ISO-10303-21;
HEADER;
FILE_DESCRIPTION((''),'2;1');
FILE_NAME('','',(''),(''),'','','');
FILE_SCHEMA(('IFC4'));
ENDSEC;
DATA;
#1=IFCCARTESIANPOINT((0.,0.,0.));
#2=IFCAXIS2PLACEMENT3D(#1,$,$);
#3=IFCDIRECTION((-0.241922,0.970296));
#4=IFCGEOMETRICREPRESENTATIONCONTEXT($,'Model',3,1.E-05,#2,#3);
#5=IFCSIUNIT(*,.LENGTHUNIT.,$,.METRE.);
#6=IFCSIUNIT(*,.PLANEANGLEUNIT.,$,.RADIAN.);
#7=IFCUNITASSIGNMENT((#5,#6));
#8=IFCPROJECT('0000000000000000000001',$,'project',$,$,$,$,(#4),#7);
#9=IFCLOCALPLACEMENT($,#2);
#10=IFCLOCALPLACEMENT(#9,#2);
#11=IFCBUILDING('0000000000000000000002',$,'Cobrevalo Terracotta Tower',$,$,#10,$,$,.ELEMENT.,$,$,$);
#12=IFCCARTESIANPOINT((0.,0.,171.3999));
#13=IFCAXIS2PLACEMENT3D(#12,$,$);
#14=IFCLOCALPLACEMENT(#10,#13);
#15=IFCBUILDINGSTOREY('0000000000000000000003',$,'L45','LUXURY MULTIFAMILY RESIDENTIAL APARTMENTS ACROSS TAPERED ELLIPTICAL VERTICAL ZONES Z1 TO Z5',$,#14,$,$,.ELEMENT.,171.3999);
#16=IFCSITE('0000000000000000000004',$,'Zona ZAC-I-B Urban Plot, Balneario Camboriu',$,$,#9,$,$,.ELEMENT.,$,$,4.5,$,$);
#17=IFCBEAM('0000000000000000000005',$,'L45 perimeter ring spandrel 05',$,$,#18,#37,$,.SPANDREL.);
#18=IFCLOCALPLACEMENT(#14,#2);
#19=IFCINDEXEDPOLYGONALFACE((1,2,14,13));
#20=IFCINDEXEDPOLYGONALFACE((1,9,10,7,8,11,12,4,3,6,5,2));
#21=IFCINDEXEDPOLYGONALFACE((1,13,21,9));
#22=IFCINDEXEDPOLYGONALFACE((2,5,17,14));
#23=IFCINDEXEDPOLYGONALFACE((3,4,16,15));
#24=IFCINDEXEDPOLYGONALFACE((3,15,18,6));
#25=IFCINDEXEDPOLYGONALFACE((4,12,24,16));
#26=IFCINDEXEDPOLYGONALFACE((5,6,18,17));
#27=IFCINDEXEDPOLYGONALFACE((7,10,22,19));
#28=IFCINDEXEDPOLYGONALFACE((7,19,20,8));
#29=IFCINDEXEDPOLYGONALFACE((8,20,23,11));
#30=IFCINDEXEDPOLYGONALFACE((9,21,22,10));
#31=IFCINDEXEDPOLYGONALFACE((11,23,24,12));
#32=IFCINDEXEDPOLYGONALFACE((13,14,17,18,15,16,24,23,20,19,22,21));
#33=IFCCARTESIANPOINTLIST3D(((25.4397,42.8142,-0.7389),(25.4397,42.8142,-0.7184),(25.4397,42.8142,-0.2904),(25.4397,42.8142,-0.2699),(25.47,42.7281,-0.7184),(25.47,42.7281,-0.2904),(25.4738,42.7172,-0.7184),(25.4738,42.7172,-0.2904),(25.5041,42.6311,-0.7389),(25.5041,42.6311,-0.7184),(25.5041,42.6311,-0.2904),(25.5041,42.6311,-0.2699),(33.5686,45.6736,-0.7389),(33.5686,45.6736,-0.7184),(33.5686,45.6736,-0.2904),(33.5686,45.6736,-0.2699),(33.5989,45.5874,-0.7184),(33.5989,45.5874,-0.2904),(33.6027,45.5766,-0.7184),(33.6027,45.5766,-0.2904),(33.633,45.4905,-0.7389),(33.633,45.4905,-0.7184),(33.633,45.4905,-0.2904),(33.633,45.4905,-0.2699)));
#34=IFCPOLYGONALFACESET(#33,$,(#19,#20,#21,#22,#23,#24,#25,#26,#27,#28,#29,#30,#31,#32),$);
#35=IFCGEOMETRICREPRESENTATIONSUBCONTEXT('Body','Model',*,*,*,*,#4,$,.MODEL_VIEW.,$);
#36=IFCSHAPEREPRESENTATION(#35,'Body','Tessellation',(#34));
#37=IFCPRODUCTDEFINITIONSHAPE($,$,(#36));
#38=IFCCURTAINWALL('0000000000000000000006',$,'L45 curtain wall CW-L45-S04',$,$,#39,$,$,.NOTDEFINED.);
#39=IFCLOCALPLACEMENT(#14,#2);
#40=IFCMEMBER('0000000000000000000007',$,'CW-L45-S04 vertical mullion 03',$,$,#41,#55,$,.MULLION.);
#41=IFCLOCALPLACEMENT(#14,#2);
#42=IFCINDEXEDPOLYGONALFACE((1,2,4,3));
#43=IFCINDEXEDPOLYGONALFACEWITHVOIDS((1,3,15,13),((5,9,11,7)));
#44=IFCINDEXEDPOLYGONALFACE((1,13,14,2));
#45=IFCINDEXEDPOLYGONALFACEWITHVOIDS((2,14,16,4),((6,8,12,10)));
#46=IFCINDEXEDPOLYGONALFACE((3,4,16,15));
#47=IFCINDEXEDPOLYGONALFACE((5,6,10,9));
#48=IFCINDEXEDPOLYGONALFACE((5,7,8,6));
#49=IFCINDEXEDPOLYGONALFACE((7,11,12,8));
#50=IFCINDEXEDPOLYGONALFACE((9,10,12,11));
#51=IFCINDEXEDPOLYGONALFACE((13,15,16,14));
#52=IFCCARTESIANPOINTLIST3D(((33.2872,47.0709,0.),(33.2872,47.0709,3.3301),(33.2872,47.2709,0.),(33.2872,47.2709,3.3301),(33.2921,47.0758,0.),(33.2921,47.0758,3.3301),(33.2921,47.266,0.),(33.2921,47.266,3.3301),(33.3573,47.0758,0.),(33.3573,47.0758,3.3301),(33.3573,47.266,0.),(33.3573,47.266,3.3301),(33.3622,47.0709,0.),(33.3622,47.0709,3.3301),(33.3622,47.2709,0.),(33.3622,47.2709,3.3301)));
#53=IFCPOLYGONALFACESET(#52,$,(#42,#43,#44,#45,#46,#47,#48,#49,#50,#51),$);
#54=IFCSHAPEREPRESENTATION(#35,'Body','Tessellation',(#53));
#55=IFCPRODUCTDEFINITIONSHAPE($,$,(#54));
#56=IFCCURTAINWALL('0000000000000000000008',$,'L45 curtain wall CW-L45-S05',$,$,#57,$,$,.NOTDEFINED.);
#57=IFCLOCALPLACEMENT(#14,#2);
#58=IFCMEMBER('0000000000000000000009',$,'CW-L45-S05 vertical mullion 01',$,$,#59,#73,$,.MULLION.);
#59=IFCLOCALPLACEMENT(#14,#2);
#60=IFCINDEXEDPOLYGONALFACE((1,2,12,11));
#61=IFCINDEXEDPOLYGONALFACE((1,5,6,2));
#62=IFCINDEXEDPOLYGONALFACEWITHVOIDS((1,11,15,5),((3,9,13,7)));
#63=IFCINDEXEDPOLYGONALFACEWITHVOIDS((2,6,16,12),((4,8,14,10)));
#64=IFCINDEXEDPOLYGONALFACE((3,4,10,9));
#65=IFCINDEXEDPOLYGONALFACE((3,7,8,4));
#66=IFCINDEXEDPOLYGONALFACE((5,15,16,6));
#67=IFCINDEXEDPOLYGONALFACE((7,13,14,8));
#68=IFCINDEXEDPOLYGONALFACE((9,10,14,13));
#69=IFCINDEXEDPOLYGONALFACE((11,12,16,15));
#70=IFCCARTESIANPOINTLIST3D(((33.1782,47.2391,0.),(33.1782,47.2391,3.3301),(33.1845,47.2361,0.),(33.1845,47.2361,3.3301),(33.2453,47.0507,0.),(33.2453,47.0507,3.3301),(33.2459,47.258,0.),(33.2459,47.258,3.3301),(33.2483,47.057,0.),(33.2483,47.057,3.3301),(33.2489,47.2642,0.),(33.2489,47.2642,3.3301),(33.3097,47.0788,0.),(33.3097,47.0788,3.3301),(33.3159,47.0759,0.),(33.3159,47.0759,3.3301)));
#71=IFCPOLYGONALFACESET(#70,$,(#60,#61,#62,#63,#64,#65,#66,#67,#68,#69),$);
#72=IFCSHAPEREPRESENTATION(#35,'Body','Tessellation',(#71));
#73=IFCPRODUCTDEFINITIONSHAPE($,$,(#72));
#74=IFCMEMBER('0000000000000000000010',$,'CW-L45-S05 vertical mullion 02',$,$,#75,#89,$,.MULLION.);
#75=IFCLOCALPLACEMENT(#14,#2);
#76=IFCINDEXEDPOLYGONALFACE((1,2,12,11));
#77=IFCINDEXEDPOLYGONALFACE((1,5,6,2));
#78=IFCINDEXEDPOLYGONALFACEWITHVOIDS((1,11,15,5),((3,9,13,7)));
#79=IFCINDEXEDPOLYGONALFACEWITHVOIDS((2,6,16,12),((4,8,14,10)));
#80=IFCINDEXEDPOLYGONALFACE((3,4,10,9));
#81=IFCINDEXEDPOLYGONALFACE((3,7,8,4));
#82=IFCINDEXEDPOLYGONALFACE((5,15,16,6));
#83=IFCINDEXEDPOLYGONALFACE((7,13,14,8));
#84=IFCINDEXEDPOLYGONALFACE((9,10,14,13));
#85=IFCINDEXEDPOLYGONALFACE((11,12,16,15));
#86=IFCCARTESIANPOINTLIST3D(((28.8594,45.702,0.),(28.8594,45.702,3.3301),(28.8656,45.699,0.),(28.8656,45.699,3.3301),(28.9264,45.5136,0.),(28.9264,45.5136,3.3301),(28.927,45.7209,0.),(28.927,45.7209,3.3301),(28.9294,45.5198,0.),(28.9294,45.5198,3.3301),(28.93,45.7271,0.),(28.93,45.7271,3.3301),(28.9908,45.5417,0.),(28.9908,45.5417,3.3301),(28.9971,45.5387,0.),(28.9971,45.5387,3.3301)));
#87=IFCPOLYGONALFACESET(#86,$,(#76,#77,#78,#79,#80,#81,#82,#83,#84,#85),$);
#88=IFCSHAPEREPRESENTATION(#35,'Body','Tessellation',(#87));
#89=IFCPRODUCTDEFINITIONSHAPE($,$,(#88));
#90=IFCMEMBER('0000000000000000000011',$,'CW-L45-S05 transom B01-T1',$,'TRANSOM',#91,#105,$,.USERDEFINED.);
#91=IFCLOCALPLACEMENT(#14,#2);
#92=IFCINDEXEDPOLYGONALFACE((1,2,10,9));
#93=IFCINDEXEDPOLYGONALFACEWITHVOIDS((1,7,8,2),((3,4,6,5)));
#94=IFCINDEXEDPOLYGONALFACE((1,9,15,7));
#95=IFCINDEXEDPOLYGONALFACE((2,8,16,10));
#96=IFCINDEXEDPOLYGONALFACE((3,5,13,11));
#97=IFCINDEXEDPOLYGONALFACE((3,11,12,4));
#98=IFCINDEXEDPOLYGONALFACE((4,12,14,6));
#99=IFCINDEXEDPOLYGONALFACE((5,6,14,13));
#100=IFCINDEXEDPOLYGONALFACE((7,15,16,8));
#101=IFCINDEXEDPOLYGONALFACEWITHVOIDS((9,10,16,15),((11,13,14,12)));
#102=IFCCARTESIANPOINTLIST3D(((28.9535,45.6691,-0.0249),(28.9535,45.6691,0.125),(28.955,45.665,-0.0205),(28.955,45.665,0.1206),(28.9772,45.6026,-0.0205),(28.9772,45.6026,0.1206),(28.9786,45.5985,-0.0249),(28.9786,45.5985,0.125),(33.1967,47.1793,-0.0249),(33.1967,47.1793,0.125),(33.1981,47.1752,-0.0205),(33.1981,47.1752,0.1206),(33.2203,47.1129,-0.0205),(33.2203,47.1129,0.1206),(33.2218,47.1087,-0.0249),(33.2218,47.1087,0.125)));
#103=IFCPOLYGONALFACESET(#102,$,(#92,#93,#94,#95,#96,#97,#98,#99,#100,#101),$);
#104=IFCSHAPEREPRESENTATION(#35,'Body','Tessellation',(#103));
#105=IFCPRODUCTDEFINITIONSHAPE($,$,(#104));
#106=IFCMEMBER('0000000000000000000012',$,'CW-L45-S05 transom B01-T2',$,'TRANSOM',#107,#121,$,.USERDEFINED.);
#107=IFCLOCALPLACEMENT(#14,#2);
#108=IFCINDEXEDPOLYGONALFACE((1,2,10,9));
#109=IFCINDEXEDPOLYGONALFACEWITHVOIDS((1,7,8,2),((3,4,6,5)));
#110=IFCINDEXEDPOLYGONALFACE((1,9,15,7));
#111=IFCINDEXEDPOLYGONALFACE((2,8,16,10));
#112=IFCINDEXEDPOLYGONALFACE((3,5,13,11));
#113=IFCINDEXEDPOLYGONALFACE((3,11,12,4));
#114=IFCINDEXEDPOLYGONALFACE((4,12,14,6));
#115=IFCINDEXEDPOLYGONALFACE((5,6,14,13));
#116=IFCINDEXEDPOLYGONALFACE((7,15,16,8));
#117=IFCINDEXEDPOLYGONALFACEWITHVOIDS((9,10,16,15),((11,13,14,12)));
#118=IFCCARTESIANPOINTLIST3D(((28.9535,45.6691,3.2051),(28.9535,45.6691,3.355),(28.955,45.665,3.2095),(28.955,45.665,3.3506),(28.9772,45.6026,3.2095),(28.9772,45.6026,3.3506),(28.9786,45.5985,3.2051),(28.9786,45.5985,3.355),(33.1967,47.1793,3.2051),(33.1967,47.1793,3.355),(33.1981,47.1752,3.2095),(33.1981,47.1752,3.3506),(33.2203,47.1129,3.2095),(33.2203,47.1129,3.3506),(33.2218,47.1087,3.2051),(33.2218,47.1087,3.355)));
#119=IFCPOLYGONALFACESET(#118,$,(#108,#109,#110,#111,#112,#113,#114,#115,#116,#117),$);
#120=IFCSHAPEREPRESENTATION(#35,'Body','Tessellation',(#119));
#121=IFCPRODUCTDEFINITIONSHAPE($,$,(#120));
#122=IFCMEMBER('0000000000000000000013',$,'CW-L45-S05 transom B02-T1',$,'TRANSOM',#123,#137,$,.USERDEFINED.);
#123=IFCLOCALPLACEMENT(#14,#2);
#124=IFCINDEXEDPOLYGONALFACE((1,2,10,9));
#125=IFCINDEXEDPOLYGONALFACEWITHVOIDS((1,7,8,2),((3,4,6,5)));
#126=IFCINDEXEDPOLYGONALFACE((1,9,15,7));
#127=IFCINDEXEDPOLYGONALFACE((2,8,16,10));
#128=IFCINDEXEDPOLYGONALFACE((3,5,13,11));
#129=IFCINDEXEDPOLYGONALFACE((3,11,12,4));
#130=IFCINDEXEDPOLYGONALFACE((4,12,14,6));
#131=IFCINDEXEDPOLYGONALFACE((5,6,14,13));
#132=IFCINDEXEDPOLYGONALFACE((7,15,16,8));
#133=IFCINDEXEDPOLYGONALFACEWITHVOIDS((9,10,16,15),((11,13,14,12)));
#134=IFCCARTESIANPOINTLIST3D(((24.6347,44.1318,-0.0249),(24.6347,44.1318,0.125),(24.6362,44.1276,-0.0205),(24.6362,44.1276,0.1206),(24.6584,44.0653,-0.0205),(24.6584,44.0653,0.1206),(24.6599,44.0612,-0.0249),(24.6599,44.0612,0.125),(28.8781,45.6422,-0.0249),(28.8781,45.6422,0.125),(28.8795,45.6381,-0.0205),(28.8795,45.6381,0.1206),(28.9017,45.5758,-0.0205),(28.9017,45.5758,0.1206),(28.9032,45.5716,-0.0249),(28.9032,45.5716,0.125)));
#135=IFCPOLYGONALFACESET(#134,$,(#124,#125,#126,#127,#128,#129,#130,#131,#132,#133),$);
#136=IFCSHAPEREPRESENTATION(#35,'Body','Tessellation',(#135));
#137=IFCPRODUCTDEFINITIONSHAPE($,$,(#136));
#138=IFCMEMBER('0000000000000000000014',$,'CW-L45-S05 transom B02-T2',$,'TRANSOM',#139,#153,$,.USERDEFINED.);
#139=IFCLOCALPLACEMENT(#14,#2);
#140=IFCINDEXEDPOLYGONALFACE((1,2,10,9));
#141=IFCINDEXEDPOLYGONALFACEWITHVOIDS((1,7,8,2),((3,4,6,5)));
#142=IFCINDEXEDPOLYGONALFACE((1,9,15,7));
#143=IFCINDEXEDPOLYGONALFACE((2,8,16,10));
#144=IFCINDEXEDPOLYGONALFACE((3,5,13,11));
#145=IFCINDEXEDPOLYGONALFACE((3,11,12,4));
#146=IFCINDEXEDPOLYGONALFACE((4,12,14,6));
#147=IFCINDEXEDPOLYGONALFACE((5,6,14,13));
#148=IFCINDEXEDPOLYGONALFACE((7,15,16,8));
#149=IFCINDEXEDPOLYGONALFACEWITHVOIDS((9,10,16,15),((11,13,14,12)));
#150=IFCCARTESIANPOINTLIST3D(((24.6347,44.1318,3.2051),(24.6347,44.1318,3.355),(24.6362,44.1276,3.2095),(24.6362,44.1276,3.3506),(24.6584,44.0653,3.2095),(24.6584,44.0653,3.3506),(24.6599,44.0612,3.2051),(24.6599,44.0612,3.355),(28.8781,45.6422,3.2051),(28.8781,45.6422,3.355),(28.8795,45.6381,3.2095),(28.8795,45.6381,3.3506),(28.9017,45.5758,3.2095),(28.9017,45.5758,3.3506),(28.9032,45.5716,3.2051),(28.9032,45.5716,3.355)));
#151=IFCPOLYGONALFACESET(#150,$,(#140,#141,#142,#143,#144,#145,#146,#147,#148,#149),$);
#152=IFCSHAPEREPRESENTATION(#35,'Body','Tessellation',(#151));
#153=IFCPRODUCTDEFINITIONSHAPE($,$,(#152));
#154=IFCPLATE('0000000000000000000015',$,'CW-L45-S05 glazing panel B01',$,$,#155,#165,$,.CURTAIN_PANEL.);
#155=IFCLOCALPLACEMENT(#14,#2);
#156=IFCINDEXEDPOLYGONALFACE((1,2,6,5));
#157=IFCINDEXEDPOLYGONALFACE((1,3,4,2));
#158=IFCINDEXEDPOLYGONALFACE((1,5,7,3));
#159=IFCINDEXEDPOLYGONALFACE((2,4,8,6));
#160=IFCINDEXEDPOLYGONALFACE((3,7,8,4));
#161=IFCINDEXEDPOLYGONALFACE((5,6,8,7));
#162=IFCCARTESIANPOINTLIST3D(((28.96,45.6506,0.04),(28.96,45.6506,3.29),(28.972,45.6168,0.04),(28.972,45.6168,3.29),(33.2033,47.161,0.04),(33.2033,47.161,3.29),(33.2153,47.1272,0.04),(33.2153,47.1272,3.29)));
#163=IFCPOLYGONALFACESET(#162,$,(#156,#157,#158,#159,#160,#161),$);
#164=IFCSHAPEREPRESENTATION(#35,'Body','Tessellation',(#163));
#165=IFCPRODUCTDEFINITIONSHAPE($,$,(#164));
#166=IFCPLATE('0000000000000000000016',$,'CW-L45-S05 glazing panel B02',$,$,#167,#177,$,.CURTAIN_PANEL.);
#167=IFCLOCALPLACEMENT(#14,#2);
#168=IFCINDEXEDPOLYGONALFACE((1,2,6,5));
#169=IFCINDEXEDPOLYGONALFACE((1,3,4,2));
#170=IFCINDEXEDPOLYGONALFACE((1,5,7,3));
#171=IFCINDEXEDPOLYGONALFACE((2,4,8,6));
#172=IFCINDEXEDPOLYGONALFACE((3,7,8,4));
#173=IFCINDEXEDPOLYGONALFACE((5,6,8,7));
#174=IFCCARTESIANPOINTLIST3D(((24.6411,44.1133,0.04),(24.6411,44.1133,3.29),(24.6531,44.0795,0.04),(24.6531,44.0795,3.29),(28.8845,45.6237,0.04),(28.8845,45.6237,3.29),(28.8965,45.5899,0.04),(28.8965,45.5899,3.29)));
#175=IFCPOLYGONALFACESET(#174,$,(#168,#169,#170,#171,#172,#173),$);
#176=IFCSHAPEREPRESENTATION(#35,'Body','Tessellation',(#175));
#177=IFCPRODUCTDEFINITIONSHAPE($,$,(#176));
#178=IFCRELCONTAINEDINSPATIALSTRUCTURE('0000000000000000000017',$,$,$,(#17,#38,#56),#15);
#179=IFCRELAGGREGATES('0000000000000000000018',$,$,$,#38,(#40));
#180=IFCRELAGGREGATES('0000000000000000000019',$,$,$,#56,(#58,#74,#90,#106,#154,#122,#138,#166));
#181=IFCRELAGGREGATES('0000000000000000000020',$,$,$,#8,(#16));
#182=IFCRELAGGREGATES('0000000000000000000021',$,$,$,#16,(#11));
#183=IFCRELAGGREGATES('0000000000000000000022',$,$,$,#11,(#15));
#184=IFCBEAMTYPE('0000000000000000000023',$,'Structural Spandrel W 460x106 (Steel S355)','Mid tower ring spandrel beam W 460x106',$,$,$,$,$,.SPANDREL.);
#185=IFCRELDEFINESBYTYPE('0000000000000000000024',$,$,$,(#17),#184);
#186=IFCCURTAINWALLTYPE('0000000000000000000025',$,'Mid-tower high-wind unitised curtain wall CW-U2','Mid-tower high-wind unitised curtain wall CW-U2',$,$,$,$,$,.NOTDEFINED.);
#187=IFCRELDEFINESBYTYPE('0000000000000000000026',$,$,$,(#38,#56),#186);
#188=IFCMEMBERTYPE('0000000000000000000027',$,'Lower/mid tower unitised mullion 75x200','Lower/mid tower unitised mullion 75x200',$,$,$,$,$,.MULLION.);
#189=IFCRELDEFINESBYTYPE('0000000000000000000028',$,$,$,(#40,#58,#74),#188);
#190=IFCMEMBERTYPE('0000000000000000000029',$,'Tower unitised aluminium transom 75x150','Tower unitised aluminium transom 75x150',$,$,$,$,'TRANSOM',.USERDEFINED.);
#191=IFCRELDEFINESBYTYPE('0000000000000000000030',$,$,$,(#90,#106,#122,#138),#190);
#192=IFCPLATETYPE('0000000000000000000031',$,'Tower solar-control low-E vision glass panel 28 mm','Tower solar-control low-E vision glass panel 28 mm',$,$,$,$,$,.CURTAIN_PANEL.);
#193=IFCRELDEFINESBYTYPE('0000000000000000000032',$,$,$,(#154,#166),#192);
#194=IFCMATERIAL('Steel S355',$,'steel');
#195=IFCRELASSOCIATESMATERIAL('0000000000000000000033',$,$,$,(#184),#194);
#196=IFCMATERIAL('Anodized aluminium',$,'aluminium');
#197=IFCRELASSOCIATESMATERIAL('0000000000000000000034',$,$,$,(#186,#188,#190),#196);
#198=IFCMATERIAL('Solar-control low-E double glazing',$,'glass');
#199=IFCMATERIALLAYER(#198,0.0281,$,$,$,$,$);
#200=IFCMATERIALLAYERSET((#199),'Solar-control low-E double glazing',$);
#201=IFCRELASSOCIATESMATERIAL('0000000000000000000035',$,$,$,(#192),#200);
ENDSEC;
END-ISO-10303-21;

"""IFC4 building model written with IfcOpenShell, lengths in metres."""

from ifc_helpers import new_model, si_unit, direction, frame, origin, origin_2d, place, context, subcontext, project, spatial, rectangle, hollow_rectangle, i_section, extrude, source, transform, mapped, material, layer, layer_set, material_profile, profile_set, type_object, element, aggregate, save


model = new_model("IFC4")

# Units and contexts
model_context = context("Model", 3, precision=1e-05, world=origin(), true_north=direction((-0.241922, 0.970296)))
body_context = subcontext(model_context, "Body", "Model", "MODEL_VIEW")
ifc_project = project(units=[si_unit("LENGTHUNIT", "METRE"), si_unit("PLANEANGLEUNIT", "RADIAN")], contexts=[model_context])

# Site, building, storey
site_placement = place(None, origin())
site = spatial("IfcSite", under=ifc_project, at=site_placement, Name="Zona ZAC-I-B Urban Plot, Balneario Camboriu", CompositionType="ELEMENT", RefElevation=4.5)
building_placement = place(site_placement, origin())
building = spatial("IfcBuilding", under=site, at=building_placement, Name="Cobrevalo Terracotta Tower", CompositionType="ELEMENT")
storey_placement = place(building_placement, frame((0.0, 0.0, 171.3999)))
storey = spatial("IfcBuildingStorey", under=building, at=storey_placement, Name="L45", Description="LUXURY MULTIFAMILY RESIDENTIAL APARTMENTS ACROSS TAPERED ELLIPTICAL VERTICAL ZONES Z1 TO Z5", CompositionType="ELEMENT", Elevation=171.3999)

# Shared definitions
ifc_material_1 = material(Name="Steel S355", Category="steel")

# Beam
ifc_material_profile_1 = material_profile(ifc_material_1, i_section(OverallWidth=0.1941, OverallDepth=0.469, WebThickness=0.0115, FlangeThickness=0.0205, at=origin_2d()), Name="W 460x106")
ifc_profile_set_1 = profile_set([ifc_material_profile_1], Name="Steel S355")
beam_type_1 = type_object("IfcBeamType", Name="Structural Spandrel W 460x106 (Steel S355)", Description="Mid tower ring spandrel beam W 460x106", PredefinedType="SPANDREL", material=ifc_profile_set_1)
beam_1_placement = place(storey_placement, frame((33.6008, 45.582, -0.5044), z_axis=(-0.943341, -0.331824, 0.0), x_axis=(0.331824, -0.943341, 0.0)))
element("IfcBeam", 1, at=beam_1_placement, inside=storey, type_object=beam_type_1, Name="L45 perimeter ring spandrel 05", PredefinedType="SPANDREL", context=body_context, shape_type="SweptSolid", body=[
    extrude(i_section(OverallWidth=0.1941, OverallDepth=0.469, WebThickness=0.0115, FlangeThickness=0.0205, at=origin_2d()), origin(), (0.0, 0.0, 1.0), 8.6172),
])

# Curtain wall, member
ifc_material_2 = material(Name="Anodized aluminium", Category="aluminium")
curtain_wall_type = type_object("IfcCurtainWallType", Name="Mid-tower high-wind unitised curtain wall CW-U2", Description="Mid-tower high-wind unitised curtain wall CW-U2", PredefinedType="NOTDEFINED", material=ifc_material_2)
curtain_wall_1_placement = place(storey_placement, origin())
curtain_wall_1 = element("IfcCurtainWall", 2, at=curtain_wall_1_placement, inside=storey, type_object=curtain_wall_type, Name="L45 curtain wall CW-L45-S04", PredefinedType="NOTDEFINED")
ifc_material_profile_2 = material_profile(ifc_material_2, hollow_rectangle(XDim=0.075, YDim=0.2, WallThickness=0.0049, at=origin_2d()), Name="CWM 75x200")
ifc_profile_set_2 = profile_set([ifc_material_profile_2], Name="Anodized aluminium")
member_type_1 = type_object("IfcMemberType", Name="Lower/mid tower unitised mullion 75x200", Description="Lower/mid tower unitised mullion 75x200", PredefinedType="MULLION", material=ifc_profile_set_2)
shared_shape_1 = source(origin(), body_context, "Body", "SweptSolid", [
    extrude(hollow_rectangle(XDim=0.075, YDim=0.2, WallThickness=0.0049, at=origin_2d()), origin(), (0.0, 0.0, 1.0), 3.3301),
])
member_1_placement = place(storey_placement, frame((33.3247, 47.1709, 0.0), z_axis=(0.0, 0.0, 1.0), x_axis=(-1.0, 0.0, 0.0)))
member_1 = element("IfcMember", 3, at=member_1_placement, type_object=member_type_1, Name="CW-L45-S04 vertical mullion 03", PredefinedType="MULLION", context=body_context, shape_type="MappedRepresentation", body=[
    mapped(shared_shape_1, transform((0.0, 0.0, 0.0), scale=1.0)),
])
aggregate(curtain_wall_1, [member_1])

# Curtain wall, members, plates
curtain_wall_2_placement = place(storey_placement, origin())
curtain_wall_2 = element("IfcCurtainWall", 4, at=curtain_wall_2_placement, inside=storey, type_object=curtain_wall_type, Name="L45 curtain wall CW-L45-S05", PredefinedType="NOTDEFINED")
member_2_placement = place(storey_placement, frame((33.2471, 47.1575, 0.0), z_axis=(0.0, 0.0, 1.0), x_axis=(-0.942098, -0.335336, 0.0)))
member_2 = element("IfcMember", 5, at=member_2_placement, type_object=member_type_1, Name="CW-L45-S05 vertical mullion 01", PredefinedType="MULLION", context=body_context, shape_type="MappedRepresentation", body=[
    mapped(shared_shape_1, transform((0.0, 0.0, 0.0), scale=1.0)),
])
member_3_placement = place(storey_placement, frame((28.9282, 45.6204, 0.0), z_axis=(0.0, 0.0, 1.0), x_axis=(-0.942098, -0.335336, 0.0)))
member_3 = element("IfcMember", 6, at=member_3_placement, type_object=member_type_1, Name="CW-L45-S05 vertical mullion 02", PredefinedType="MULLION", context=body_context, shape_type="MappedRepresentation", body=[
    mapped(shared_shape_1, transform((0.0, 0.0, 0.0), scale=1.0)),
])
ifc_material_profile_3 = material_profile(ifc_material_2, hollow_rectangle(XDim=0.075, YDim=0.1499, WallThickness=0.0044, at=origin_2d()), Name="CWT 75x150")
ifc_profile_set_3 = profile_set([ifc_material_profile_3], Name="Anodized aluminium")
member_type_2 = type_object("IfcMemberType", Name="Tower unitised aluminium transom 75x150", Description="Tower unitised aluminium transom 75x150", ElementType="TRANSOM", PredefinedType="USERDEFINED", material=ifc_profile_set_3)
shared_shape_2 = source(origin(), body_context, "Body", "SweptSolid", [
    extrude(hollow_rectangle(XDim=0.075, YDim=0.1499, WallThickness=0.0044, at=origin_2d()), origin(), (0.0, 0.0, 1.0), 4.5039),
])
member_4_placement = place(storey_placement, frame((33.2092, 47.144, 0.05), z_axis=(-0.942104, -0.33532, 0.0), x_axis=(0.33532, -0.942104, 0.0)))
member_4 = element("IfcMember", 7, at=member_4_placement, type_object=member_type_2, Name="CW-L45-S05 transom B01-T1", ObjectType="TRANSOM", PredefinedType="USERDEFINED", context=body_context, shape_type="MappedRepresentation", body=[
    mapped(shared_shape_2, transform((0.0, 0.0, 0.0), scale=1.0)),
])
member_5_placement = place(storey_placement, frame((33.2092, 47.144, 3.28), z_axis=(-0.942104, -0.33532, 0.0), x_axis=(0.33532, -0.942104, 0.0)))
member_5 = element("IfcMember", 8, at=member_5_placement, type_object=member_type_2, Name="CW-L45-S05 transom B01-T2", ObjectType="TRANSOM", PredefinedType="USERDEFINED", context=body_context, shape_type="MappedRepresentation", body=[
    mapped(shared_shape_2, transform((0.0, 0.0, 0.0), scale=1.0)),
])
shared_shape_3 = source(origin(), body_context, "Body", "SweptSolid", [
    extrude(hollow_rectangle(XDim=0.075, YDim=0.1499, WallThickness=0.0044, at=origin_2d()), origin(), (0.0, 0.0, 1.0), 4.5042),
])
member_6_placement = place(storey_placement, frame((28.8906, 45.6069, 0.05), z_axis=(-0.942093, -0.335351, 0.0), x_axis=(0.335351, -0.942093, 0.0)))
member_6 = element("IfcMember", 9, at=member_6_placement, type_object=member_type_2, Name="CW-L45-S05 transom B02-T1", ObjectType="TRANSOM", PredefinedType="USERDEFINED", context=body_context, shape_type="MappedRepresentation", body=[
    mapped(shared_shape_3, transform((0.0, 0.0, 0.0), scale=1.0)),
])
member_7_placement = place(storey_placement, frame((28.8906, 45.6069, 3.28), z_axis=(-0.942093, -0.335351, 0.0), x_axis=(0.335351, -0.942093, 0.0)))
member_7 = element("IfcMember", 10, at=member_7_placement, type_object=member_type_2, Name="CW-L45-S05 transom B02-T2", ObjectType="TRANSOM", PredefinedType="USERDEFINED", context=body_context, shape_type="MappedRepresentation", body=[
    mapped(shared_shape_3, transform((0.0, 0.0, 0.0), scale=1.0)),
])
ifc_material_3 = material(Name="Solar-control low-E double glazing", Category="glass")
ifc_layer_1 = layer(ifc_material_3, 0.0281)
ifc_layer_set_1 = layer_set([ifc_layer_1], Name="Solar-control low-E double glazing")
plate_type = type_object("IfcPlateType", Name="Tower solar-control low-E vision glass panel 28 mm", Description="Tower solar-control low-E vision glass panel 28 mm", PredefinedType="CURTAIN_PANEL", material=ifc_layer_set_1)
shared_shape_4 = source(origin(), body_context, "Body", "SweptSolid", [
    extrude(rectangle(XDim=4.5042, YDim=0.0359, at=origin_2d()), origin(), (0.0, 0.0, 1.0), 3.25),
])
plate_1_placement = place(storey_placement, frame((31.0876, 46.3889, 0.04), z_axis=(0.0, 0.0, 1.0), x_axis=(-0.942098, -0.335336, 0.0)))
plate_1 = element("IfcPlate", 11, at=plate_1_placement, type_object=plate_type, Name="CW-L45-S05 glazing panel B01", PredefinedType="CURTAIN_PANEL", context=body_context, shape_type="MappedRepresentation", body=[
    mapped(shared_shape_4, transform((0.0, 0.0, 0.0), scale=1.0)),
])
plate_2_placement = place(storey_placement, frame((26.7688, 44.8516, 0.04), z_axis=(0.0, 0.0, 1.0), x_axis=(-0.942098, -0.335336, 0.0)))
plate_2 = element("IfcPlate", 12, at=plate_2_placement, type_object=plate_type, Name="CW-L45-S05 glazing panel B02", PredefinedType="CURTAIN_PANEL", context=body_context, shape_type="MappedRepresentation", body=[
    mapped(shared_shape_4, transform((0.0, 0.0, 0.0), scale=1.0)),
])
aggregate(curtain_wall_2, [member_2, member_3, member_4, member_5, plate_1, member_6, member_7, plate_2])

save(model, "model.ifc")
